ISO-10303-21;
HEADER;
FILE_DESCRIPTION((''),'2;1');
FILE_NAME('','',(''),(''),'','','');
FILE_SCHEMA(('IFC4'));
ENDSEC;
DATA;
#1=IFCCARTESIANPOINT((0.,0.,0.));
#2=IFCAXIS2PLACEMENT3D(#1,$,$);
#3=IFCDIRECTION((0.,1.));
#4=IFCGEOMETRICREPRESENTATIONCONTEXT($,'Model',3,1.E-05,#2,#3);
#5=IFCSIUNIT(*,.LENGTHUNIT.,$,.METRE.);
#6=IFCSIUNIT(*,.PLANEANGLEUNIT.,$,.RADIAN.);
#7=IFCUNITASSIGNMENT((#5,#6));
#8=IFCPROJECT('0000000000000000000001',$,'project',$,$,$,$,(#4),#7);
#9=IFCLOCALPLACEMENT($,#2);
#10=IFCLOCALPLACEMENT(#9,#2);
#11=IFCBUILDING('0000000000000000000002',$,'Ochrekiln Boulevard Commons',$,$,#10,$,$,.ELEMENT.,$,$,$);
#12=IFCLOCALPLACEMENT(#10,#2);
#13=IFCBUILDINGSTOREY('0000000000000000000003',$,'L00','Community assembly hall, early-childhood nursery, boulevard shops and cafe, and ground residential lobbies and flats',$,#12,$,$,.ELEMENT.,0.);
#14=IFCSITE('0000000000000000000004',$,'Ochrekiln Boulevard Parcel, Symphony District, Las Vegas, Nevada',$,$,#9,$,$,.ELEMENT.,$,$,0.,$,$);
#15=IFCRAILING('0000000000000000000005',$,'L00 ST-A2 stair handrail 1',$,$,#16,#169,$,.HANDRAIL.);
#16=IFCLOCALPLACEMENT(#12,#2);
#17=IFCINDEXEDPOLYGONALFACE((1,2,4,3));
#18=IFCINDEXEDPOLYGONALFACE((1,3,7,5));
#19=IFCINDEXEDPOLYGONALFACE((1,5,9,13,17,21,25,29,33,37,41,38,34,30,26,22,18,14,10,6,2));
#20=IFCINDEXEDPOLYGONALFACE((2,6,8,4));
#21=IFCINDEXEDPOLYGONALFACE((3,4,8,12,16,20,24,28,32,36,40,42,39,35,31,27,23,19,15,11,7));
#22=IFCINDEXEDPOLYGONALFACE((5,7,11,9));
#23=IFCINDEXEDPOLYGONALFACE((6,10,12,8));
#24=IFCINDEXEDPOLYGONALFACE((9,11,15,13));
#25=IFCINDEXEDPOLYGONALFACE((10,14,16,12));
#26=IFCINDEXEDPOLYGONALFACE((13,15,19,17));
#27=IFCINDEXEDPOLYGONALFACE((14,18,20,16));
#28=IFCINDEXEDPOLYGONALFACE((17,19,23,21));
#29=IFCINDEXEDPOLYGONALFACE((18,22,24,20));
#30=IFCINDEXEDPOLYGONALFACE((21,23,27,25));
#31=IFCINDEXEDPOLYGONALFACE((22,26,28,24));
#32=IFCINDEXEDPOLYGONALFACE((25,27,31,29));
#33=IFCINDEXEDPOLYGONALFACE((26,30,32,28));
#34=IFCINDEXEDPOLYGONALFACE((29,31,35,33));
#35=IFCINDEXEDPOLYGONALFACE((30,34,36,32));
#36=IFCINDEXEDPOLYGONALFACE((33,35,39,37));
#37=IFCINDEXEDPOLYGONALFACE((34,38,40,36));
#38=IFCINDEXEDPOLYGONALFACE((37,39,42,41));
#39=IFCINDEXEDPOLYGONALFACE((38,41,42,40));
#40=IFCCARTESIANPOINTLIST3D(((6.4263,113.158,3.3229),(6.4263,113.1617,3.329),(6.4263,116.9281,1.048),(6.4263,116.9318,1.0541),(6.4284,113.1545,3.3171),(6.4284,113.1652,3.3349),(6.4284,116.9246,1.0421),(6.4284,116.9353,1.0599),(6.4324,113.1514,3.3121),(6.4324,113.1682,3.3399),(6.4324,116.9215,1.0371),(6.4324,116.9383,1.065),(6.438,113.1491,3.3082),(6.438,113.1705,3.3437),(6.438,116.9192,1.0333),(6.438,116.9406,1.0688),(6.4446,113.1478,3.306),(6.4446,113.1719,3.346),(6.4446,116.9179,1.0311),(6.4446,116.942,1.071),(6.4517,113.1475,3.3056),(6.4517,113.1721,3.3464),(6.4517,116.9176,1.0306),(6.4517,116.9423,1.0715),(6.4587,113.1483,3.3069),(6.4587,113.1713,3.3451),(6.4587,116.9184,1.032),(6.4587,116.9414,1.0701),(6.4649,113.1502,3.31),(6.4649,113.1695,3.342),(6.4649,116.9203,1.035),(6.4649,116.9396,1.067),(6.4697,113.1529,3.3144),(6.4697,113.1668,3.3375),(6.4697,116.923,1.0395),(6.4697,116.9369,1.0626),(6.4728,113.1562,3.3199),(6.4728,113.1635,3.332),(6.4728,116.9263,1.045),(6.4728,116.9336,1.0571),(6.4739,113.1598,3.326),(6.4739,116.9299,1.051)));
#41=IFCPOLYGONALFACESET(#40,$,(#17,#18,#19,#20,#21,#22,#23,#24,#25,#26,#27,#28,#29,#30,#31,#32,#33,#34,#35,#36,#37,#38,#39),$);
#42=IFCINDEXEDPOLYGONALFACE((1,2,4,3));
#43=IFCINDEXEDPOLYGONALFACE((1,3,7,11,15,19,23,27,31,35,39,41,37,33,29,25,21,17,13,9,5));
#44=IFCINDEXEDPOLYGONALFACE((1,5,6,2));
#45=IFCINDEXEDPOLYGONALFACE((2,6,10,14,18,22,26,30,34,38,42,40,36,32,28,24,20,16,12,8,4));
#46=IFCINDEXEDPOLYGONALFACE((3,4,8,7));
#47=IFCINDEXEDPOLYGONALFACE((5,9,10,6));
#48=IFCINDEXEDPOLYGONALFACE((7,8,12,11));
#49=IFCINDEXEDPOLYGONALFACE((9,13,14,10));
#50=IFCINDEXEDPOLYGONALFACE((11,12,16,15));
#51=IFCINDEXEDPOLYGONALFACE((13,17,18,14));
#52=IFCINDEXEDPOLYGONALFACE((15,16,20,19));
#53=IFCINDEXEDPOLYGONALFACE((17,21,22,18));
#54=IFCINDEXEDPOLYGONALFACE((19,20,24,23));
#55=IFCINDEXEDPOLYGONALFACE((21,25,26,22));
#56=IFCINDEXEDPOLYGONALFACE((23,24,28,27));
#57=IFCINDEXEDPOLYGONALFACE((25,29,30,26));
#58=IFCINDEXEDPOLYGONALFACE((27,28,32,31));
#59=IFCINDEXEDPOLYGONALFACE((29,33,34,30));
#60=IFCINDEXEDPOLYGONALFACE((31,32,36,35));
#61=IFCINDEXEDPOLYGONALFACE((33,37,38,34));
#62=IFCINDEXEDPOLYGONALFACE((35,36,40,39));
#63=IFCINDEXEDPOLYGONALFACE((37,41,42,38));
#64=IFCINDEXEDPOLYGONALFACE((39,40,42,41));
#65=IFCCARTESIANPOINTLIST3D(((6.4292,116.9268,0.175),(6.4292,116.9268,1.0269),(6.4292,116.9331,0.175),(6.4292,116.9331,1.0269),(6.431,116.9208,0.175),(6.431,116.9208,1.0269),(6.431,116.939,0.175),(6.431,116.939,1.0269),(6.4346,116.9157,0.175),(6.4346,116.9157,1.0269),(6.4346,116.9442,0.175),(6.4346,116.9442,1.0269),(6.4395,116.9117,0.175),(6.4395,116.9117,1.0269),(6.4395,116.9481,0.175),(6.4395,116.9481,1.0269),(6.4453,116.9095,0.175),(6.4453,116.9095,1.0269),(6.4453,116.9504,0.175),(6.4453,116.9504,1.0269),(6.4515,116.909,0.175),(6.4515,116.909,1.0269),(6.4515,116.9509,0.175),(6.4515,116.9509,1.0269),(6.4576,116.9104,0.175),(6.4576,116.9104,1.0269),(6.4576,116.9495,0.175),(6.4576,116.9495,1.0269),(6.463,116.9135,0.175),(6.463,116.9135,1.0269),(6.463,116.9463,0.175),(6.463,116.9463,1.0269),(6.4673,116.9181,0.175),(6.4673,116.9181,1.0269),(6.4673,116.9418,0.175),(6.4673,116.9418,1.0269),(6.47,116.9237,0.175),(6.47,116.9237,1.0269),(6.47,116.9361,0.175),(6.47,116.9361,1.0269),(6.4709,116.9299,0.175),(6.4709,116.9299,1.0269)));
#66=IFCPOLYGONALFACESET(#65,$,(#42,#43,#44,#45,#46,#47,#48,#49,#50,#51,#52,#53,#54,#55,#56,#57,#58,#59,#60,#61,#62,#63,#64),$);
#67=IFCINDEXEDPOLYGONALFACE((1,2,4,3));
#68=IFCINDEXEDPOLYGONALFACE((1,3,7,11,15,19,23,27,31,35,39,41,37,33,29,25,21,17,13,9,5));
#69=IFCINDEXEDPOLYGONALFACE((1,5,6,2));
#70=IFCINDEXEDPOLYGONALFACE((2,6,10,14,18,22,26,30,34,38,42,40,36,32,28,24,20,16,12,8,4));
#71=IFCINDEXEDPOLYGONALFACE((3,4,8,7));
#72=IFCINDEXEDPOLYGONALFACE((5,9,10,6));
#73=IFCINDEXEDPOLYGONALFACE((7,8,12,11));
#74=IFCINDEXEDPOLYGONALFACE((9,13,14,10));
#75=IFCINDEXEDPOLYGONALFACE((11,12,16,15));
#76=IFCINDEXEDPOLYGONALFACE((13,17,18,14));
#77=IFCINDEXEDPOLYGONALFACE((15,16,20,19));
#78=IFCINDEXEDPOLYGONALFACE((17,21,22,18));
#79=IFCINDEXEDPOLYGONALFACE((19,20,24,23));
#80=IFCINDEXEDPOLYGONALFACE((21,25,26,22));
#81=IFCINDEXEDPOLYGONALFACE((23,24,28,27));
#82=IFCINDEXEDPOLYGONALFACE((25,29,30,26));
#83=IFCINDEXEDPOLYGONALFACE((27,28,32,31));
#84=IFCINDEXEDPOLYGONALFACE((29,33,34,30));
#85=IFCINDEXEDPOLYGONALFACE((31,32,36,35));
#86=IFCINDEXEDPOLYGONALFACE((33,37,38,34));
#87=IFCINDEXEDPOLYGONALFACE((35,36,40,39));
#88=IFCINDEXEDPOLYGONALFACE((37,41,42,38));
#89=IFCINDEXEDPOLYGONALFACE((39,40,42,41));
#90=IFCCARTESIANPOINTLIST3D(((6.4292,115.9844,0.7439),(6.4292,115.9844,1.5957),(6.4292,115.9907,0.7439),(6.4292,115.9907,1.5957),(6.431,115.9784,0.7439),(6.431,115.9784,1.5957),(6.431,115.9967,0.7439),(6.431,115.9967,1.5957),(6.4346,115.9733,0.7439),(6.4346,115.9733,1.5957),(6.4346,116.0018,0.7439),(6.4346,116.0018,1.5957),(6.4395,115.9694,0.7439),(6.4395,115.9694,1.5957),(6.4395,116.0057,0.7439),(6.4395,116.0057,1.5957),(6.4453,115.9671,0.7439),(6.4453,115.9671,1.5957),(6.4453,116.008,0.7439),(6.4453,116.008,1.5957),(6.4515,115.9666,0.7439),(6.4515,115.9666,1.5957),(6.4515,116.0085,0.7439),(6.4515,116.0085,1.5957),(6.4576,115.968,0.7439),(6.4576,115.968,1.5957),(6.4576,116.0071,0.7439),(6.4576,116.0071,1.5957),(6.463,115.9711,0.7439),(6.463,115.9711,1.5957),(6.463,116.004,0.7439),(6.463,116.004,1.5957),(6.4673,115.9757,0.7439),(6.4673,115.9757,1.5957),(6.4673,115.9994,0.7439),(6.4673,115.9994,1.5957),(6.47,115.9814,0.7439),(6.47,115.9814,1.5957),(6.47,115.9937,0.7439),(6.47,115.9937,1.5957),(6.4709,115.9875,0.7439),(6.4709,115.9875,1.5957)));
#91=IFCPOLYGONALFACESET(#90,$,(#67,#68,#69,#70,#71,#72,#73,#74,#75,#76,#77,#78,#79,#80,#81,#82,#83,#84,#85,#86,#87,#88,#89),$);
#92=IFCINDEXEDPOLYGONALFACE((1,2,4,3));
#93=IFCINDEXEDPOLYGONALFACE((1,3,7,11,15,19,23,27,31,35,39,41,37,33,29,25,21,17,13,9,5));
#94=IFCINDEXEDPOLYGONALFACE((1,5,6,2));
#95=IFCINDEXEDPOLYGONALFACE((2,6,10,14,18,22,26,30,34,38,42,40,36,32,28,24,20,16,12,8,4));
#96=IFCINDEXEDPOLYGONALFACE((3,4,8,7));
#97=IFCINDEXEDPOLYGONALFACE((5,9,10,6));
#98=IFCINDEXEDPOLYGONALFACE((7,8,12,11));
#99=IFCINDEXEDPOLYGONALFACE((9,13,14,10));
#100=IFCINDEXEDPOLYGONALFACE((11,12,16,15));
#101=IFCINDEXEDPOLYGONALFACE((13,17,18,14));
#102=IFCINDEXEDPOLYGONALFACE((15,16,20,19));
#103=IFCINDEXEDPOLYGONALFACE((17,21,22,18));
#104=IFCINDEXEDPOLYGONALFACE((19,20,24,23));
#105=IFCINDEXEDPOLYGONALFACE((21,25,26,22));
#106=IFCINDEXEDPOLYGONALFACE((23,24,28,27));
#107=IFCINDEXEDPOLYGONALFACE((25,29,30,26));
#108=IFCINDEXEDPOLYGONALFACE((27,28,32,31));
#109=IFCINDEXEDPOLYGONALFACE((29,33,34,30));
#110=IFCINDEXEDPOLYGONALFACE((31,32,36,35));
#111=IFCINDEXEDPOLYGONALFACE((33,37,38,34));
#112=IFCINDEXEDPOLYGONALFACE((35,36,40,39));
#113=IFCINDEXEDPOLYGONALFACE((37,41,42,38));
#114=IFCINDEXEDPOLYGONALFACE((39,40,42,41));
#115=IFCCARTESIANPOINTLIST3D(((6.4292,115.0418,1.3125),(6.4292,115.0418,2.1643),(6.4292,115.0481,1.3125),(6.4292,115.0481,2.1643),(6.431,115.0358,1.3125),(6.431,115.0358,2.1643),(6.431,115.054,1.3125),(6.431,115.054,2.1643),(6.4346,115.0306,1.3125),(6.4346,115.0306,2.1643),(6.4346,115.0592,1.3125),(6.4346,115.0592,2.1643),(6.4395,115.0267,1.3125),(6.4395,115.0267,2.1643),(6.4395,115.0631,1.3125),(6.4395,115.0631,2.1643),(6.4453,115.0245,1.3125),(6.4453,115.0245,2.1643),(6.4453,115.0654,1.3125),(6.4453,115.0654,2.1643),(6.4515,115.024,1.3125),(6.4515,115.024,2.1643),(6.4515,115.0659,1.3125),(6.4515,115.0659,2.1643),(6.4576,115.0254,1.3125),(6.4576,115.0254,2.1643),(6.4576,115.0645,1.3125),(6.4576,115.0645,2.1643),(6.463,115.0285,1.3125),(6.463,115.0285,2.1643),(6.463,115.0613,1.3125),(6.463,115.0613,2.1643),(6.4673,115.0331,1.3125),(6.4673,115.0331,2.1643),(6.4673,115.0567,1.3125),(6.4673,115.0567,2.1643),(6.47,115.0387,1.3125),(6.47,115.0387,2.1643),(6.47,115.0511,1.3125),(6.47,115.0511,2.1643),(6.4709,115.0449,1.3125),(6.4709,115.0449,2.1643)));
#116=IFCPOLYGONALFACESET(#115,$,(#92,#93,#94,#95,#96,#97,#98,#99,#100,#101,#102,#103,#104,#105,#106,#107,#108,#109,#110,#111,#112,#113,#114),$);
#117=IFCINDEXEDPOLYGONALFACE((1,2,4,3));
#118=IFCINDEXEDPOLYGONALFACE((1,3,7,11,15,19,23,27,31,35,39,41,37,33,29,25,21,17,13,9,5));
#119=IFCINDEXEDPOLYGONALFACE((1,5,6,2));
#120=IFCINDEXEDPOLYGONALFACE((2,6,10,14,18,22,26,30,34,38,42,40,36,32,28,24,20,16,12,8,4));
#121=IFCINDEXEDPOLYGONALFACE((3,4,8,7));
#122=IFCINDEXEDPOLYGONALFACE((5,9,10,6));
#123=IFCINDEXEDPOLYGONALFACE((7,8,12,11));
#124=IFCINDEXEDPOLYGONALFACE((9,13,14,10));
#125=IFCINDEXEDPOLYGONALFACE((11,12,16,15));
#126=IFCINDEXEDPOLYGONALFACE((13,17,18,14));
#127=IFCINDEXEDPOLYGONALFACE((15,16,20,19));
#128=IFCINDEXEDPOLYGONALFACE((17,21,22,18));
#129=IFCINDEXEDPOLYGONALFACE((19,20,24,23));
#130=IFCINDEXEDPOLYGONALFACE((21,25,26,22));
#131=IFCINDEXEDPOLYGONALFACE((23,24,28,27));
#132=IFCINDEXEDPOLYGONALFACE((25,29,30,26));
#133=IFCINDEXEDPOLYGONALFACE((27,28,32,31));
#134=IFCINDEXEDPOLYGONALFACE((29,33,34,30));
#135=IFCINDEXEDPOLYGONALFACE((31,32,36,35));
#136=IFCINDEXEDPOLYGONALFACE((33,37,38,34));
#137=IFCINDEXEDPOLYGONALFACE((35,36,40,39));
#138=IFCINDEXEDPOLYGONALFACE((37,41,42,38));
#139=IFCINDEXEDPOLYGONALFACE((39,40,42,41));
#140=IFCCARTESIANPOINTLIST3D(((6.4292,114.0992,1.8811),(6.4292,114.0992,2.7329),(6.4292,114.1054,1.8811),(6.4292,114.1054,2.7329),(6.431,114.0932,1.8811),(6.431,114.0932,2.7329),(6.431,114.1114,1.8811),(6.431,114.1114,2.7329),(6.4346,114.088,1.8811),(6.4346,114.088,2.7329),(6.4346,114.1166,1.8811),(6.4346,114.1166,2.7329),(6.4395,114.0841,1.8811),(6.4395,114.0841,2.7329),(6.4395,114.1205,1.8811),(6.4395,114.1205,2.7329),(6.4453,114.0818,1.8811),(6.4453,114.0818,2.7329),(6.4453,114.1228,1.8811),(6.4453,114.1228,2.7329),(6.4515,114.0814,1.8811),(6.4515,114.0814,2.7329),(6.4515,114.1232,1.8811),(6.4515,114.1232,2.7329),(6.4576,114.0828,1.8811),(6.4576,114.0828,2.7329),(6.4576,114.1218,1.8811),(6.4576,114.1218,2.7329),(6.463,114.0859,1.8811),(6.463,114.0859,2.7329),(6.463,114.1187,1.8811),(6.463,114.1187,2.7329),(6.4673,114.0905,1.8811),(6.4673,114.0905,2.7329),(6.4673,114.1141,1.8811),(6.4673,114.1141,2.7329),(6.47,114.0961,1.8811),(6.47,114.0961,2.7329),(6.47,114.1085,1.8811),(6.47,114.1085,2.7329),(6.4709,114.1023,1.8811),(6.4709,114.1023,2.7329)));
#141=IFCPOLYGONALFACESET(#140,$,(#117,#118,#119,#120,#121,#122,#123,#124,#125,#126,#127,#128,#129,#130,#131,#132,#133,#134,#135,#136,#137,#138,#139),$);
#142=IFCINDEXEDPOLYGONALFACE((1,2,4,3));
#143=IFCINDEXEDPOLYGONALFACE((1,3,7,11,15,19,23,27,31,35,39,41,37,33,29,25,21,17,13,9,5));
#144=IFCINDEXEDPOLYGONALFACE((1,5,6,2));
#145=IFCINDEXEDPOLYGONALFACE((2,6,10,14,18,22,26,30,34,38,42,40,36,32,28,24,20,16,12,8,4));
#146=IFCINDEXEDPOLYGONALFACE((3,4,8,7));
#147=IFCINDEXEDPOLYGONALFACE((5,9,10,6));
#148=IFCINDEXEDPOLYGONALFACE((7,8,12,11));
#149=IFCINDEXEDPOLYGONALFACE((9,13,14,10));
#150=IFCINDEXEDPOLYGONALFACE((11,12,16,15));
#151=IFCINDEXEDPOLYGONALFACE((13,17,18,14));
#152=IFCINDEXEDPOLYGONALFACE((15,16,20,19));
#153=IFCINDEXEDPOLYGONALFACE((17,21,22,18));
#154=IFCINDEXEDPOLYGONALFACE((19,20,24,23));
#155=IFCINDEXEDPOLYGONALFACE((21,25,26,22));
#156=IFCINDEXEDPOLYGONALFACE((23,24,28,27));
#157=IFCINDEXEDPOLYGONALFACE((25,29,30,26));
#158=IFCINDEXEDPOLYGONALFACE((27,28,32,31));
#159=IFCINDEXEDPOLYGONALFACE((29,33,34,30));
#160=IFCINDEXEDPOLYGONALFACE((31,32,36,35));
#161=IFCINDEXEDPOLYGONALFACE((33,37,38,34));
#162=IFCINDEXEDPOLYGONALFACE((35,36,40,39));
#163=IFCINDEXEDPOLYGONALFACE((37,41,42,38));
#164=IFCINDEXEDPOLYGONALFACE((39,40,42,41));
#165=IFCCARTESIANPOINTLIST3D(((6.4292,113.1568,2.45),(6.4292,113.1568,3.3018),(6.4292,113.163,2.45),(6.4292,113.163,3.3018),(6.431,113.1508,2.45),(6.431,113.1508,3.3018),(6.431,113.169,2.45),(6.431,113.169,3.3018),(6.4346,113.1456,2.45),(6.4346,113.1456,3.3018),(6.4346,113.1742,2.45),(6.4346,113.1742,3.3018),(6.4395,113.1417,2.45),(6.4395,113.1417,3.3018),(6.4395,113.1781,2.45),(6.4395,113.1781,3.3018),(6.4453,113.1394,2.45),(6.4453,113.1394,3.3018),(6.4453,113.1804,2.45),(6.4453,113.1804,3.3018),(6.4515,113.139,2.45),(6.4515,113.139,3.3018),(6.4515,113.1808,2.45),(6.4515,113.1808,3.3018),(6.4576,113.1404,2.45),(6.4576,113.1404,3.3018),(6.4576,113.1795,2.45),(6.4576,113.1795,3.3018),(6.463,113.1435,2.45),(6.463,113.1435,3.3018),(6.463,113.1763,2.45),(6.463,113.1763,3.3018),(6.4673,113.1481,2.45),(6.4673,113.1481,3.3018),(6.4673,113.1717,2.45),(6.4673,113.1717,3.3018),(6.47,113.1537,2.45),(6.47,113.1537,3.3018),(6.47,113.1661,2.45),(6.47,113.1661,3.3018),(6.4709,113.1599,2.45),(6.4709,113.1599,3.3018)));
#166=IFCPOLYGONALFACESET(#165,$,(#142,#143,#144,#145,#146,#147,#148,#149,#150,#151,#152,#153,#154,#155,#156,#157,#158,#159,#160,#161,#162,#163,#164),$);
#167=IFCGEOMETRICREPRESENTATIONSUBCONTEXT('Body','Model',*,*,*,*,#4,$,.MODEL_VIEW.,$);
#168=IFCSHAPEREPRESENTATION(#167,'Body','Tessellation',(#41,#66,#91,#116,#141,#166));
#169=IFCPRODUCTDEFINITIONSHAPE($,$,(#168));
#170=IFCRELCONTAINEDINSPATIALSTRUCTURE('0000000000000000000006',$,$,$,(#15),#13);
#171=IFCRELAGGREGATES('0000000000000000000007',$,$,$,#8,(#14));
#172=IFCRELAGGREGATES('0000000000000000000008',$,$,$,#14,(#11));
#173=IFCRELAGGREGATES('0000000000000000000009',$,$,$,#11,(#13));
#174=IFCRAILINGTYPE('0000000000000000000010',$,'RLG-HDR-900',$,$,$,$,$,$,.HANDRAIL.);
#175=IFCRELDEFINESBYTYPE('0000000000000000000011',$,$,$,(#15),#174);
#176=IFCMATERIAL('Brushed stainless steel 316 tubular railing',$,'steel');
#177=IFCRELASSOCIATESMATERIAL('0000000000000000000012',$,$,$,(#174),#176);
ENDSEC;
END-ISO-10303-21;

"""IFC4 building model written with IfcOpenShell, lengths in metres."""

from ifc_helpers import new_model, si_unit, direction, frame, origin, origin_2d, place, context, subcontext, project, spatial, circle, extrude, material, type_object, element, save


model = new_model("IFC4")

# Units and contexts
model_context = context("Model", 3, precision=1e-05, world=origin(), true_north=direction((0.0, 1.0)))
body_context = subcontext(model_context, "Body", "Model", "MODEL_VIEW")
ifc_project = project(units=[si_unit("LENGTHUNIT", "METRE"), si_unit("PLANEANGLEUNIT", "RADIAN")], contexts=[model_context])

# Site, building, storey
site_placement = place(None, origin())
site = spatial("IfcSite", under=ifc_project, at=site_placement, Name="Ochrekiln Boulevard Parcel, Symphony District, Las Vegas, Nevada", CompositionType="ELEMENT", RefElevation=0.0)
building_placement = place(site_placement, origin())
building = spatial("IfcBuilding", under=site, at=building_placement, Name="Ochrekiln Boulevard Commons", CompositionType="ELEMENT")
storey_placement = place(building_placement, origin())
storey = spatial("IfcBuildingStorey", under=building, at=storey_placement, Name="L00", Description="Community assembly hall, early-childhood nursery, boulevard shops and cafe, and ground residential lobbies and flats", CompositionType="ELEMENT", Elevation=0.0)

# Railing
ifc_material_1 = material(Name="Brushed stainless steel 316 tubular railing", Category="steel")
railing_type_1 = type_object("IfcRailingType", Name="RLG-HDR-900", PredefinedType="HANDRAIL", material=ifc_material_1)
railing_1_placement = place(storey_placement, frame((6.45, 116.9299, 0.175)))
element("IfcRailing", 1, at=railing_1_placement, inside=storey, type_object=railing_type_1, Name="L00 ST-A2 stair handrail 1", PredefinedType="HANDRAIL", context=body_context, shape_type="SweptSolid", body=[
    extrude(circle(Radius=0.0239, at=origin_2d()), frame((0.0, 0.0, 0.876), z_axis=(0.0, -0.856199, 0.516647), x_axis=(1.0, 0.0, 0.0)), (0.0, 0.0, 1.0), 4.4033),
    extrude(circle(Radius=0.021, at=origin_2d()), origin(), (0.0, 0.0, 1.0), 0.8518),
    extrude(circle(Radius=0.021, at=origin_2d()), frame((0.0, -0.9424, 0.5688)), (0.0, 0.0, 1.0), 0.8518),
    extrude(circle(Radius=0.021, at=origin_2d()), frame((0.0, -1.885, 1.1375)), (0.0, 0.0, 1.0), 0.8518),
    extrude(circle(Radius=0.021, at=origin_2d()), frame((0.0, -2.8276, 1.7061)), (0.0, 0.0, 1.0), 0.8518),
    extrude(circle(Radius=0.021, at=origin_2d()), frame((0.0, -3.77, 2.2749)), (0.0, 0.0, 1.0), 0.8518),
])

save(model, "model.ifc")
